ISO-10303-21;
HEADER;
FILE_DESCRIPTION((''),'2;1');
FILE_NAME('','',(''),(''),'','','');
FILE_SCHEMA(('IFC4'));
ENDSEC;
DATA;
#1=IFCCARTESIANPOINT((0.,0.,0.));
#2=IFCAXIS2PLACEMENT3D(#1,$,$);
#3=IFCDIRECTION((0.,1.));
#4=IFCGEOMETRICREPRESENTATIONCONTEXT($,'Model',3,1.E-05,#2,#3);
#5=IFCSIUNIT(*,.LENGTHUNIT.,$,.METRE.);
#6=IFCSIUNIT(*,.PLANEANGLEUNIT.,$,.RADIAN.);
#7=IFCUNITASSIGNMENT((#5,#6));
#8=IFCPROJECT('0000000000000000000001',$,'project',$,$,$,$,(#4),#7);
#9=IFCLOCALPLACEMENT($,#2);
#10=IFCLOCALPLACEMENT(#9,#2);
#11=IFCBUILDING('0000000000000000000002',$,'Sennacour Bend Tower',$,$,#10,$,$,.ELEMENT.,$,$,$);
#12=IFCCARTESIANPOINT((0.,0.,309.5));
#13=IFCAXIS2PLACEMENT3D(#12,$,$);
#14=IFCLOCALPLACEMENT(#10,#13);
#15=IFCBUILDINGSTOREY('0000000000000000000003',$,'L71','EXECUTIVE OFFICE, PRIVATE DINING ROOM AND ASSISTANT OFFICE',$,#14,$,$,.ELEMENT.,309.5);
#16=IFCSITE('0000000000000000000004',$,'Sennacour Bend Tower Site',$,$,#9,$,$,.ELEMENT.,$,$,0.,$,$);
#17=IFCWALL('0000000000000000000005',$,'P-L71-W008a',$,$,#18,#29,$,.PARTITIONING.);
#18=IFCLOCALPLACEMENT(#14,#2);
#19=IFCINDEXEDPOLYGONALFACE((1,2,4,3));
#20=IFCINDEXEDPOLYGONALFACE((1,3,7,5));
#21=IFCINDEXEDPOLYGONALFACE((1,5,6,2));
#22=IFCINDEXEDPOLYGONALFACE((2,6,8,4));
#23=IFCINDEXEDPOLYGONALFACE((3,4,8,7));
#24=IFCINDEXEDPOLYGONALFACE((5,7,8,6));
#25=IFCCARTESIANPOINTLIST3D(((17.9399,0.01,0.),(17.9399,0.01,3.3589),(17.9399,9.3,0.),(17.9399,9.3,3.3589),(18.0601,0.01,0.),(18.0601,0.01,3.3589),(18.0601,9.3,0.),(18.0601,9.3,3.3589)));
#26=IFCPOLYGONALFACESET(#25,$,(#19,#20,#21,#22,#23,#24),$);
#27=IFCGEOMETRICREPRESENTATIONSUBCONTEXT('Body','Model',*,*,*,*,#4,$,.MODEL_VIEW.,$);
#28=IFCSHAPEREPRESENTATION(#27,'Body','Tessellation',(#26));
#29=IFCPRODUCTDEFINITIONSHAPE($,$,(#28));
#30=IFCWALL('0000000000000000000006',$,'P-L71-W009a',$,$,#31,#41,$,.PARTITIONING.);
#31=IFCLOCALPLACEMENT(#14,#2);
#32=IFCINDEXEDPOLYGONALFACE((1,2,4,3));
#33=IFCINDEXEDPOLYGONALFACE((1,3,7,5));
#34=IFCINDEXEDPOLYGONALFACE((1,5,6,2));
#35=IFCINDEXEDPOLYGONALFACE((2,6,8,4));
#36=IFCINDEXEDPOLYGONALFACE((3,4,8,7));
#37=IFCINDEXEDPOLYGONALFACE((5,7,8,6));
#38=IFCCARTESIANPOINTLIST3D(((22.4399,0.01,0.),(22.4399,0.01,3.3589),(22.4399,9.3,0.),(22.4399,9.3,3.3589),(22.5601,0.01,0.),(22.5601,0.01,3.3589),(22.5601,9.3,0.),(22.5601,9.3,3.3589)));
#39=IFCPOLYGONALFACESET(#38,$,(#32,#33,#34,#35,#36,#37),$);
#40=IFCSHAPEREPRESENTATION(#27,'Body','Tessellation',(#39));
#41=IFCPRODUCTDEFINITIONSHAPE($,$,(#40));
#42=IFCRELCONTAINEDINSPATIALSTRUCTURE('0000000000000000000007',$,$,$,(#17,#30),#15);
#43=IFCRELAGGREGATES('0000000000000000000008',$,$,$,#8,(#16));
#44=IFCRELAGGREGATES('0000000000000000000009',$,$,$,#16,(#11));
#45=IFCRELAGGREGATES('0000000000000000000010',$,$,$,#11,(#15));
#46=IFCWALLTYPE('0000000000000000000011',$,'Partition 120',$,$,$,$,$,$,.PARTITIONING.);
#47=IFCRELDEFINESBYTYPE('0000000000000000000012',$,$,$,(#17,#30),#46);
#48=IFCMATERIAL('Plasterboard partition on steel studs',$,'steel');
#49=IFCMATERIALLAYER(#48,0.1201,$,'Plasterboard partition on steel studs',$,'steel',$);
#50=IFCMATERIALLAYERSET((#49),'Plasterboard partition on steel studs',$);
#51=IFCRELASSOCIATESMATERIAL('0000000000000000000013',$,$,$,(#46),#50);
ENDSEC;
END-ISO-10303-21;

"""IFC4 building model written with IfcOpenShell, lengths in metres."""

from ifc_helpers import new_model, si_unit, direction, frame, frame_2d, origin, place, context, subcontext, project, spatial, rectangle, extrude, material, layer, layer_set, type_object, element, save


model = new_model("IFC4")

# Units and contexts
model_context = context("Model", 3, precision=1e-05, world=origin(), true_north=direction((0.0, 1.0)))
body_context = subcontext(model_context, "Body", "Model", "MODEL_VIEW")
ifc_project = project(units=[si_unit("LENGTHUNIT", "METRE"), si_unit("PLANEANGLEUNIT", "RADIAN")], contexts=[model_context])

# Site, building, storey
site_placement = place(None, origin())
site = spatial("IfcSite", under=ifc_project, at=site_placement, Name="Sennacour Bend Tower Site", CompositionType="ELEMENT", RefElevation=0.0)
building_placement = place(site_placement, origin())
building = spatial("IfcBuilding", under=site, at=building_placement, Name="Sennacour Bend Tower", CompositionType="ELEMENT")
storey_placement = place(building_placement, frame((0.0, 0.0, 309.5)))
storey = spatial("IfcBuildingStorey", under=building, at=storey_placement, Name="L71", Description="EXECUTIVE OFFICE, PRIVATE DINING ROOM AND ASSISTANT OFFICE", CompositionType="ELEMENT", Elevation=309.5)

# Walls
ifc_material_1 = material(Name="Plasterboard partition on steel studs", Category="steel")
ifc_layer_1 = layer(ifc_material_1, 0.1201, Name="Plasterboard partition on steel studs", Category="steel")
ifc_layer_set_1 = layer_set([ifc_layer_1], Name="Plasterboard partition on steel studs")
wall_type = type_object("IfcWallType", Name="Partition 120", PredefinedType="PARTITIONING", material=ifc_layer_set_1)
for number, where, z_axis, x_axis, name in (
    (1, (18.0, 0.01, 0.0), (0.0, 0.0, 1.0), (0.0, 1.0, 0.0), "P-L71-W008a"),
    (2, (22.5, 0.01, 0.0), (0.0, 0.0, 1.0), (0.0, 1.0, 0.0), "P-L71-W009a"),
):
    element("IfcWall", number, at=place(storey_placement, frame(where, z_axis=z_axis, x_axis=x_axis)), inside=storey, type_object=wall_type, Name=name, PredefinedType="PARTITIONING", context=body_context, shape_type="SweptSolid", body=[
        extrude(rectangle(XDim=9.29, YDim=0.1201, at=frame_2d((4.645, 0.0))), origin(), (0.0, 0.0, 1.0), 3.3589),
    ])

save(model, "model.ifc")
